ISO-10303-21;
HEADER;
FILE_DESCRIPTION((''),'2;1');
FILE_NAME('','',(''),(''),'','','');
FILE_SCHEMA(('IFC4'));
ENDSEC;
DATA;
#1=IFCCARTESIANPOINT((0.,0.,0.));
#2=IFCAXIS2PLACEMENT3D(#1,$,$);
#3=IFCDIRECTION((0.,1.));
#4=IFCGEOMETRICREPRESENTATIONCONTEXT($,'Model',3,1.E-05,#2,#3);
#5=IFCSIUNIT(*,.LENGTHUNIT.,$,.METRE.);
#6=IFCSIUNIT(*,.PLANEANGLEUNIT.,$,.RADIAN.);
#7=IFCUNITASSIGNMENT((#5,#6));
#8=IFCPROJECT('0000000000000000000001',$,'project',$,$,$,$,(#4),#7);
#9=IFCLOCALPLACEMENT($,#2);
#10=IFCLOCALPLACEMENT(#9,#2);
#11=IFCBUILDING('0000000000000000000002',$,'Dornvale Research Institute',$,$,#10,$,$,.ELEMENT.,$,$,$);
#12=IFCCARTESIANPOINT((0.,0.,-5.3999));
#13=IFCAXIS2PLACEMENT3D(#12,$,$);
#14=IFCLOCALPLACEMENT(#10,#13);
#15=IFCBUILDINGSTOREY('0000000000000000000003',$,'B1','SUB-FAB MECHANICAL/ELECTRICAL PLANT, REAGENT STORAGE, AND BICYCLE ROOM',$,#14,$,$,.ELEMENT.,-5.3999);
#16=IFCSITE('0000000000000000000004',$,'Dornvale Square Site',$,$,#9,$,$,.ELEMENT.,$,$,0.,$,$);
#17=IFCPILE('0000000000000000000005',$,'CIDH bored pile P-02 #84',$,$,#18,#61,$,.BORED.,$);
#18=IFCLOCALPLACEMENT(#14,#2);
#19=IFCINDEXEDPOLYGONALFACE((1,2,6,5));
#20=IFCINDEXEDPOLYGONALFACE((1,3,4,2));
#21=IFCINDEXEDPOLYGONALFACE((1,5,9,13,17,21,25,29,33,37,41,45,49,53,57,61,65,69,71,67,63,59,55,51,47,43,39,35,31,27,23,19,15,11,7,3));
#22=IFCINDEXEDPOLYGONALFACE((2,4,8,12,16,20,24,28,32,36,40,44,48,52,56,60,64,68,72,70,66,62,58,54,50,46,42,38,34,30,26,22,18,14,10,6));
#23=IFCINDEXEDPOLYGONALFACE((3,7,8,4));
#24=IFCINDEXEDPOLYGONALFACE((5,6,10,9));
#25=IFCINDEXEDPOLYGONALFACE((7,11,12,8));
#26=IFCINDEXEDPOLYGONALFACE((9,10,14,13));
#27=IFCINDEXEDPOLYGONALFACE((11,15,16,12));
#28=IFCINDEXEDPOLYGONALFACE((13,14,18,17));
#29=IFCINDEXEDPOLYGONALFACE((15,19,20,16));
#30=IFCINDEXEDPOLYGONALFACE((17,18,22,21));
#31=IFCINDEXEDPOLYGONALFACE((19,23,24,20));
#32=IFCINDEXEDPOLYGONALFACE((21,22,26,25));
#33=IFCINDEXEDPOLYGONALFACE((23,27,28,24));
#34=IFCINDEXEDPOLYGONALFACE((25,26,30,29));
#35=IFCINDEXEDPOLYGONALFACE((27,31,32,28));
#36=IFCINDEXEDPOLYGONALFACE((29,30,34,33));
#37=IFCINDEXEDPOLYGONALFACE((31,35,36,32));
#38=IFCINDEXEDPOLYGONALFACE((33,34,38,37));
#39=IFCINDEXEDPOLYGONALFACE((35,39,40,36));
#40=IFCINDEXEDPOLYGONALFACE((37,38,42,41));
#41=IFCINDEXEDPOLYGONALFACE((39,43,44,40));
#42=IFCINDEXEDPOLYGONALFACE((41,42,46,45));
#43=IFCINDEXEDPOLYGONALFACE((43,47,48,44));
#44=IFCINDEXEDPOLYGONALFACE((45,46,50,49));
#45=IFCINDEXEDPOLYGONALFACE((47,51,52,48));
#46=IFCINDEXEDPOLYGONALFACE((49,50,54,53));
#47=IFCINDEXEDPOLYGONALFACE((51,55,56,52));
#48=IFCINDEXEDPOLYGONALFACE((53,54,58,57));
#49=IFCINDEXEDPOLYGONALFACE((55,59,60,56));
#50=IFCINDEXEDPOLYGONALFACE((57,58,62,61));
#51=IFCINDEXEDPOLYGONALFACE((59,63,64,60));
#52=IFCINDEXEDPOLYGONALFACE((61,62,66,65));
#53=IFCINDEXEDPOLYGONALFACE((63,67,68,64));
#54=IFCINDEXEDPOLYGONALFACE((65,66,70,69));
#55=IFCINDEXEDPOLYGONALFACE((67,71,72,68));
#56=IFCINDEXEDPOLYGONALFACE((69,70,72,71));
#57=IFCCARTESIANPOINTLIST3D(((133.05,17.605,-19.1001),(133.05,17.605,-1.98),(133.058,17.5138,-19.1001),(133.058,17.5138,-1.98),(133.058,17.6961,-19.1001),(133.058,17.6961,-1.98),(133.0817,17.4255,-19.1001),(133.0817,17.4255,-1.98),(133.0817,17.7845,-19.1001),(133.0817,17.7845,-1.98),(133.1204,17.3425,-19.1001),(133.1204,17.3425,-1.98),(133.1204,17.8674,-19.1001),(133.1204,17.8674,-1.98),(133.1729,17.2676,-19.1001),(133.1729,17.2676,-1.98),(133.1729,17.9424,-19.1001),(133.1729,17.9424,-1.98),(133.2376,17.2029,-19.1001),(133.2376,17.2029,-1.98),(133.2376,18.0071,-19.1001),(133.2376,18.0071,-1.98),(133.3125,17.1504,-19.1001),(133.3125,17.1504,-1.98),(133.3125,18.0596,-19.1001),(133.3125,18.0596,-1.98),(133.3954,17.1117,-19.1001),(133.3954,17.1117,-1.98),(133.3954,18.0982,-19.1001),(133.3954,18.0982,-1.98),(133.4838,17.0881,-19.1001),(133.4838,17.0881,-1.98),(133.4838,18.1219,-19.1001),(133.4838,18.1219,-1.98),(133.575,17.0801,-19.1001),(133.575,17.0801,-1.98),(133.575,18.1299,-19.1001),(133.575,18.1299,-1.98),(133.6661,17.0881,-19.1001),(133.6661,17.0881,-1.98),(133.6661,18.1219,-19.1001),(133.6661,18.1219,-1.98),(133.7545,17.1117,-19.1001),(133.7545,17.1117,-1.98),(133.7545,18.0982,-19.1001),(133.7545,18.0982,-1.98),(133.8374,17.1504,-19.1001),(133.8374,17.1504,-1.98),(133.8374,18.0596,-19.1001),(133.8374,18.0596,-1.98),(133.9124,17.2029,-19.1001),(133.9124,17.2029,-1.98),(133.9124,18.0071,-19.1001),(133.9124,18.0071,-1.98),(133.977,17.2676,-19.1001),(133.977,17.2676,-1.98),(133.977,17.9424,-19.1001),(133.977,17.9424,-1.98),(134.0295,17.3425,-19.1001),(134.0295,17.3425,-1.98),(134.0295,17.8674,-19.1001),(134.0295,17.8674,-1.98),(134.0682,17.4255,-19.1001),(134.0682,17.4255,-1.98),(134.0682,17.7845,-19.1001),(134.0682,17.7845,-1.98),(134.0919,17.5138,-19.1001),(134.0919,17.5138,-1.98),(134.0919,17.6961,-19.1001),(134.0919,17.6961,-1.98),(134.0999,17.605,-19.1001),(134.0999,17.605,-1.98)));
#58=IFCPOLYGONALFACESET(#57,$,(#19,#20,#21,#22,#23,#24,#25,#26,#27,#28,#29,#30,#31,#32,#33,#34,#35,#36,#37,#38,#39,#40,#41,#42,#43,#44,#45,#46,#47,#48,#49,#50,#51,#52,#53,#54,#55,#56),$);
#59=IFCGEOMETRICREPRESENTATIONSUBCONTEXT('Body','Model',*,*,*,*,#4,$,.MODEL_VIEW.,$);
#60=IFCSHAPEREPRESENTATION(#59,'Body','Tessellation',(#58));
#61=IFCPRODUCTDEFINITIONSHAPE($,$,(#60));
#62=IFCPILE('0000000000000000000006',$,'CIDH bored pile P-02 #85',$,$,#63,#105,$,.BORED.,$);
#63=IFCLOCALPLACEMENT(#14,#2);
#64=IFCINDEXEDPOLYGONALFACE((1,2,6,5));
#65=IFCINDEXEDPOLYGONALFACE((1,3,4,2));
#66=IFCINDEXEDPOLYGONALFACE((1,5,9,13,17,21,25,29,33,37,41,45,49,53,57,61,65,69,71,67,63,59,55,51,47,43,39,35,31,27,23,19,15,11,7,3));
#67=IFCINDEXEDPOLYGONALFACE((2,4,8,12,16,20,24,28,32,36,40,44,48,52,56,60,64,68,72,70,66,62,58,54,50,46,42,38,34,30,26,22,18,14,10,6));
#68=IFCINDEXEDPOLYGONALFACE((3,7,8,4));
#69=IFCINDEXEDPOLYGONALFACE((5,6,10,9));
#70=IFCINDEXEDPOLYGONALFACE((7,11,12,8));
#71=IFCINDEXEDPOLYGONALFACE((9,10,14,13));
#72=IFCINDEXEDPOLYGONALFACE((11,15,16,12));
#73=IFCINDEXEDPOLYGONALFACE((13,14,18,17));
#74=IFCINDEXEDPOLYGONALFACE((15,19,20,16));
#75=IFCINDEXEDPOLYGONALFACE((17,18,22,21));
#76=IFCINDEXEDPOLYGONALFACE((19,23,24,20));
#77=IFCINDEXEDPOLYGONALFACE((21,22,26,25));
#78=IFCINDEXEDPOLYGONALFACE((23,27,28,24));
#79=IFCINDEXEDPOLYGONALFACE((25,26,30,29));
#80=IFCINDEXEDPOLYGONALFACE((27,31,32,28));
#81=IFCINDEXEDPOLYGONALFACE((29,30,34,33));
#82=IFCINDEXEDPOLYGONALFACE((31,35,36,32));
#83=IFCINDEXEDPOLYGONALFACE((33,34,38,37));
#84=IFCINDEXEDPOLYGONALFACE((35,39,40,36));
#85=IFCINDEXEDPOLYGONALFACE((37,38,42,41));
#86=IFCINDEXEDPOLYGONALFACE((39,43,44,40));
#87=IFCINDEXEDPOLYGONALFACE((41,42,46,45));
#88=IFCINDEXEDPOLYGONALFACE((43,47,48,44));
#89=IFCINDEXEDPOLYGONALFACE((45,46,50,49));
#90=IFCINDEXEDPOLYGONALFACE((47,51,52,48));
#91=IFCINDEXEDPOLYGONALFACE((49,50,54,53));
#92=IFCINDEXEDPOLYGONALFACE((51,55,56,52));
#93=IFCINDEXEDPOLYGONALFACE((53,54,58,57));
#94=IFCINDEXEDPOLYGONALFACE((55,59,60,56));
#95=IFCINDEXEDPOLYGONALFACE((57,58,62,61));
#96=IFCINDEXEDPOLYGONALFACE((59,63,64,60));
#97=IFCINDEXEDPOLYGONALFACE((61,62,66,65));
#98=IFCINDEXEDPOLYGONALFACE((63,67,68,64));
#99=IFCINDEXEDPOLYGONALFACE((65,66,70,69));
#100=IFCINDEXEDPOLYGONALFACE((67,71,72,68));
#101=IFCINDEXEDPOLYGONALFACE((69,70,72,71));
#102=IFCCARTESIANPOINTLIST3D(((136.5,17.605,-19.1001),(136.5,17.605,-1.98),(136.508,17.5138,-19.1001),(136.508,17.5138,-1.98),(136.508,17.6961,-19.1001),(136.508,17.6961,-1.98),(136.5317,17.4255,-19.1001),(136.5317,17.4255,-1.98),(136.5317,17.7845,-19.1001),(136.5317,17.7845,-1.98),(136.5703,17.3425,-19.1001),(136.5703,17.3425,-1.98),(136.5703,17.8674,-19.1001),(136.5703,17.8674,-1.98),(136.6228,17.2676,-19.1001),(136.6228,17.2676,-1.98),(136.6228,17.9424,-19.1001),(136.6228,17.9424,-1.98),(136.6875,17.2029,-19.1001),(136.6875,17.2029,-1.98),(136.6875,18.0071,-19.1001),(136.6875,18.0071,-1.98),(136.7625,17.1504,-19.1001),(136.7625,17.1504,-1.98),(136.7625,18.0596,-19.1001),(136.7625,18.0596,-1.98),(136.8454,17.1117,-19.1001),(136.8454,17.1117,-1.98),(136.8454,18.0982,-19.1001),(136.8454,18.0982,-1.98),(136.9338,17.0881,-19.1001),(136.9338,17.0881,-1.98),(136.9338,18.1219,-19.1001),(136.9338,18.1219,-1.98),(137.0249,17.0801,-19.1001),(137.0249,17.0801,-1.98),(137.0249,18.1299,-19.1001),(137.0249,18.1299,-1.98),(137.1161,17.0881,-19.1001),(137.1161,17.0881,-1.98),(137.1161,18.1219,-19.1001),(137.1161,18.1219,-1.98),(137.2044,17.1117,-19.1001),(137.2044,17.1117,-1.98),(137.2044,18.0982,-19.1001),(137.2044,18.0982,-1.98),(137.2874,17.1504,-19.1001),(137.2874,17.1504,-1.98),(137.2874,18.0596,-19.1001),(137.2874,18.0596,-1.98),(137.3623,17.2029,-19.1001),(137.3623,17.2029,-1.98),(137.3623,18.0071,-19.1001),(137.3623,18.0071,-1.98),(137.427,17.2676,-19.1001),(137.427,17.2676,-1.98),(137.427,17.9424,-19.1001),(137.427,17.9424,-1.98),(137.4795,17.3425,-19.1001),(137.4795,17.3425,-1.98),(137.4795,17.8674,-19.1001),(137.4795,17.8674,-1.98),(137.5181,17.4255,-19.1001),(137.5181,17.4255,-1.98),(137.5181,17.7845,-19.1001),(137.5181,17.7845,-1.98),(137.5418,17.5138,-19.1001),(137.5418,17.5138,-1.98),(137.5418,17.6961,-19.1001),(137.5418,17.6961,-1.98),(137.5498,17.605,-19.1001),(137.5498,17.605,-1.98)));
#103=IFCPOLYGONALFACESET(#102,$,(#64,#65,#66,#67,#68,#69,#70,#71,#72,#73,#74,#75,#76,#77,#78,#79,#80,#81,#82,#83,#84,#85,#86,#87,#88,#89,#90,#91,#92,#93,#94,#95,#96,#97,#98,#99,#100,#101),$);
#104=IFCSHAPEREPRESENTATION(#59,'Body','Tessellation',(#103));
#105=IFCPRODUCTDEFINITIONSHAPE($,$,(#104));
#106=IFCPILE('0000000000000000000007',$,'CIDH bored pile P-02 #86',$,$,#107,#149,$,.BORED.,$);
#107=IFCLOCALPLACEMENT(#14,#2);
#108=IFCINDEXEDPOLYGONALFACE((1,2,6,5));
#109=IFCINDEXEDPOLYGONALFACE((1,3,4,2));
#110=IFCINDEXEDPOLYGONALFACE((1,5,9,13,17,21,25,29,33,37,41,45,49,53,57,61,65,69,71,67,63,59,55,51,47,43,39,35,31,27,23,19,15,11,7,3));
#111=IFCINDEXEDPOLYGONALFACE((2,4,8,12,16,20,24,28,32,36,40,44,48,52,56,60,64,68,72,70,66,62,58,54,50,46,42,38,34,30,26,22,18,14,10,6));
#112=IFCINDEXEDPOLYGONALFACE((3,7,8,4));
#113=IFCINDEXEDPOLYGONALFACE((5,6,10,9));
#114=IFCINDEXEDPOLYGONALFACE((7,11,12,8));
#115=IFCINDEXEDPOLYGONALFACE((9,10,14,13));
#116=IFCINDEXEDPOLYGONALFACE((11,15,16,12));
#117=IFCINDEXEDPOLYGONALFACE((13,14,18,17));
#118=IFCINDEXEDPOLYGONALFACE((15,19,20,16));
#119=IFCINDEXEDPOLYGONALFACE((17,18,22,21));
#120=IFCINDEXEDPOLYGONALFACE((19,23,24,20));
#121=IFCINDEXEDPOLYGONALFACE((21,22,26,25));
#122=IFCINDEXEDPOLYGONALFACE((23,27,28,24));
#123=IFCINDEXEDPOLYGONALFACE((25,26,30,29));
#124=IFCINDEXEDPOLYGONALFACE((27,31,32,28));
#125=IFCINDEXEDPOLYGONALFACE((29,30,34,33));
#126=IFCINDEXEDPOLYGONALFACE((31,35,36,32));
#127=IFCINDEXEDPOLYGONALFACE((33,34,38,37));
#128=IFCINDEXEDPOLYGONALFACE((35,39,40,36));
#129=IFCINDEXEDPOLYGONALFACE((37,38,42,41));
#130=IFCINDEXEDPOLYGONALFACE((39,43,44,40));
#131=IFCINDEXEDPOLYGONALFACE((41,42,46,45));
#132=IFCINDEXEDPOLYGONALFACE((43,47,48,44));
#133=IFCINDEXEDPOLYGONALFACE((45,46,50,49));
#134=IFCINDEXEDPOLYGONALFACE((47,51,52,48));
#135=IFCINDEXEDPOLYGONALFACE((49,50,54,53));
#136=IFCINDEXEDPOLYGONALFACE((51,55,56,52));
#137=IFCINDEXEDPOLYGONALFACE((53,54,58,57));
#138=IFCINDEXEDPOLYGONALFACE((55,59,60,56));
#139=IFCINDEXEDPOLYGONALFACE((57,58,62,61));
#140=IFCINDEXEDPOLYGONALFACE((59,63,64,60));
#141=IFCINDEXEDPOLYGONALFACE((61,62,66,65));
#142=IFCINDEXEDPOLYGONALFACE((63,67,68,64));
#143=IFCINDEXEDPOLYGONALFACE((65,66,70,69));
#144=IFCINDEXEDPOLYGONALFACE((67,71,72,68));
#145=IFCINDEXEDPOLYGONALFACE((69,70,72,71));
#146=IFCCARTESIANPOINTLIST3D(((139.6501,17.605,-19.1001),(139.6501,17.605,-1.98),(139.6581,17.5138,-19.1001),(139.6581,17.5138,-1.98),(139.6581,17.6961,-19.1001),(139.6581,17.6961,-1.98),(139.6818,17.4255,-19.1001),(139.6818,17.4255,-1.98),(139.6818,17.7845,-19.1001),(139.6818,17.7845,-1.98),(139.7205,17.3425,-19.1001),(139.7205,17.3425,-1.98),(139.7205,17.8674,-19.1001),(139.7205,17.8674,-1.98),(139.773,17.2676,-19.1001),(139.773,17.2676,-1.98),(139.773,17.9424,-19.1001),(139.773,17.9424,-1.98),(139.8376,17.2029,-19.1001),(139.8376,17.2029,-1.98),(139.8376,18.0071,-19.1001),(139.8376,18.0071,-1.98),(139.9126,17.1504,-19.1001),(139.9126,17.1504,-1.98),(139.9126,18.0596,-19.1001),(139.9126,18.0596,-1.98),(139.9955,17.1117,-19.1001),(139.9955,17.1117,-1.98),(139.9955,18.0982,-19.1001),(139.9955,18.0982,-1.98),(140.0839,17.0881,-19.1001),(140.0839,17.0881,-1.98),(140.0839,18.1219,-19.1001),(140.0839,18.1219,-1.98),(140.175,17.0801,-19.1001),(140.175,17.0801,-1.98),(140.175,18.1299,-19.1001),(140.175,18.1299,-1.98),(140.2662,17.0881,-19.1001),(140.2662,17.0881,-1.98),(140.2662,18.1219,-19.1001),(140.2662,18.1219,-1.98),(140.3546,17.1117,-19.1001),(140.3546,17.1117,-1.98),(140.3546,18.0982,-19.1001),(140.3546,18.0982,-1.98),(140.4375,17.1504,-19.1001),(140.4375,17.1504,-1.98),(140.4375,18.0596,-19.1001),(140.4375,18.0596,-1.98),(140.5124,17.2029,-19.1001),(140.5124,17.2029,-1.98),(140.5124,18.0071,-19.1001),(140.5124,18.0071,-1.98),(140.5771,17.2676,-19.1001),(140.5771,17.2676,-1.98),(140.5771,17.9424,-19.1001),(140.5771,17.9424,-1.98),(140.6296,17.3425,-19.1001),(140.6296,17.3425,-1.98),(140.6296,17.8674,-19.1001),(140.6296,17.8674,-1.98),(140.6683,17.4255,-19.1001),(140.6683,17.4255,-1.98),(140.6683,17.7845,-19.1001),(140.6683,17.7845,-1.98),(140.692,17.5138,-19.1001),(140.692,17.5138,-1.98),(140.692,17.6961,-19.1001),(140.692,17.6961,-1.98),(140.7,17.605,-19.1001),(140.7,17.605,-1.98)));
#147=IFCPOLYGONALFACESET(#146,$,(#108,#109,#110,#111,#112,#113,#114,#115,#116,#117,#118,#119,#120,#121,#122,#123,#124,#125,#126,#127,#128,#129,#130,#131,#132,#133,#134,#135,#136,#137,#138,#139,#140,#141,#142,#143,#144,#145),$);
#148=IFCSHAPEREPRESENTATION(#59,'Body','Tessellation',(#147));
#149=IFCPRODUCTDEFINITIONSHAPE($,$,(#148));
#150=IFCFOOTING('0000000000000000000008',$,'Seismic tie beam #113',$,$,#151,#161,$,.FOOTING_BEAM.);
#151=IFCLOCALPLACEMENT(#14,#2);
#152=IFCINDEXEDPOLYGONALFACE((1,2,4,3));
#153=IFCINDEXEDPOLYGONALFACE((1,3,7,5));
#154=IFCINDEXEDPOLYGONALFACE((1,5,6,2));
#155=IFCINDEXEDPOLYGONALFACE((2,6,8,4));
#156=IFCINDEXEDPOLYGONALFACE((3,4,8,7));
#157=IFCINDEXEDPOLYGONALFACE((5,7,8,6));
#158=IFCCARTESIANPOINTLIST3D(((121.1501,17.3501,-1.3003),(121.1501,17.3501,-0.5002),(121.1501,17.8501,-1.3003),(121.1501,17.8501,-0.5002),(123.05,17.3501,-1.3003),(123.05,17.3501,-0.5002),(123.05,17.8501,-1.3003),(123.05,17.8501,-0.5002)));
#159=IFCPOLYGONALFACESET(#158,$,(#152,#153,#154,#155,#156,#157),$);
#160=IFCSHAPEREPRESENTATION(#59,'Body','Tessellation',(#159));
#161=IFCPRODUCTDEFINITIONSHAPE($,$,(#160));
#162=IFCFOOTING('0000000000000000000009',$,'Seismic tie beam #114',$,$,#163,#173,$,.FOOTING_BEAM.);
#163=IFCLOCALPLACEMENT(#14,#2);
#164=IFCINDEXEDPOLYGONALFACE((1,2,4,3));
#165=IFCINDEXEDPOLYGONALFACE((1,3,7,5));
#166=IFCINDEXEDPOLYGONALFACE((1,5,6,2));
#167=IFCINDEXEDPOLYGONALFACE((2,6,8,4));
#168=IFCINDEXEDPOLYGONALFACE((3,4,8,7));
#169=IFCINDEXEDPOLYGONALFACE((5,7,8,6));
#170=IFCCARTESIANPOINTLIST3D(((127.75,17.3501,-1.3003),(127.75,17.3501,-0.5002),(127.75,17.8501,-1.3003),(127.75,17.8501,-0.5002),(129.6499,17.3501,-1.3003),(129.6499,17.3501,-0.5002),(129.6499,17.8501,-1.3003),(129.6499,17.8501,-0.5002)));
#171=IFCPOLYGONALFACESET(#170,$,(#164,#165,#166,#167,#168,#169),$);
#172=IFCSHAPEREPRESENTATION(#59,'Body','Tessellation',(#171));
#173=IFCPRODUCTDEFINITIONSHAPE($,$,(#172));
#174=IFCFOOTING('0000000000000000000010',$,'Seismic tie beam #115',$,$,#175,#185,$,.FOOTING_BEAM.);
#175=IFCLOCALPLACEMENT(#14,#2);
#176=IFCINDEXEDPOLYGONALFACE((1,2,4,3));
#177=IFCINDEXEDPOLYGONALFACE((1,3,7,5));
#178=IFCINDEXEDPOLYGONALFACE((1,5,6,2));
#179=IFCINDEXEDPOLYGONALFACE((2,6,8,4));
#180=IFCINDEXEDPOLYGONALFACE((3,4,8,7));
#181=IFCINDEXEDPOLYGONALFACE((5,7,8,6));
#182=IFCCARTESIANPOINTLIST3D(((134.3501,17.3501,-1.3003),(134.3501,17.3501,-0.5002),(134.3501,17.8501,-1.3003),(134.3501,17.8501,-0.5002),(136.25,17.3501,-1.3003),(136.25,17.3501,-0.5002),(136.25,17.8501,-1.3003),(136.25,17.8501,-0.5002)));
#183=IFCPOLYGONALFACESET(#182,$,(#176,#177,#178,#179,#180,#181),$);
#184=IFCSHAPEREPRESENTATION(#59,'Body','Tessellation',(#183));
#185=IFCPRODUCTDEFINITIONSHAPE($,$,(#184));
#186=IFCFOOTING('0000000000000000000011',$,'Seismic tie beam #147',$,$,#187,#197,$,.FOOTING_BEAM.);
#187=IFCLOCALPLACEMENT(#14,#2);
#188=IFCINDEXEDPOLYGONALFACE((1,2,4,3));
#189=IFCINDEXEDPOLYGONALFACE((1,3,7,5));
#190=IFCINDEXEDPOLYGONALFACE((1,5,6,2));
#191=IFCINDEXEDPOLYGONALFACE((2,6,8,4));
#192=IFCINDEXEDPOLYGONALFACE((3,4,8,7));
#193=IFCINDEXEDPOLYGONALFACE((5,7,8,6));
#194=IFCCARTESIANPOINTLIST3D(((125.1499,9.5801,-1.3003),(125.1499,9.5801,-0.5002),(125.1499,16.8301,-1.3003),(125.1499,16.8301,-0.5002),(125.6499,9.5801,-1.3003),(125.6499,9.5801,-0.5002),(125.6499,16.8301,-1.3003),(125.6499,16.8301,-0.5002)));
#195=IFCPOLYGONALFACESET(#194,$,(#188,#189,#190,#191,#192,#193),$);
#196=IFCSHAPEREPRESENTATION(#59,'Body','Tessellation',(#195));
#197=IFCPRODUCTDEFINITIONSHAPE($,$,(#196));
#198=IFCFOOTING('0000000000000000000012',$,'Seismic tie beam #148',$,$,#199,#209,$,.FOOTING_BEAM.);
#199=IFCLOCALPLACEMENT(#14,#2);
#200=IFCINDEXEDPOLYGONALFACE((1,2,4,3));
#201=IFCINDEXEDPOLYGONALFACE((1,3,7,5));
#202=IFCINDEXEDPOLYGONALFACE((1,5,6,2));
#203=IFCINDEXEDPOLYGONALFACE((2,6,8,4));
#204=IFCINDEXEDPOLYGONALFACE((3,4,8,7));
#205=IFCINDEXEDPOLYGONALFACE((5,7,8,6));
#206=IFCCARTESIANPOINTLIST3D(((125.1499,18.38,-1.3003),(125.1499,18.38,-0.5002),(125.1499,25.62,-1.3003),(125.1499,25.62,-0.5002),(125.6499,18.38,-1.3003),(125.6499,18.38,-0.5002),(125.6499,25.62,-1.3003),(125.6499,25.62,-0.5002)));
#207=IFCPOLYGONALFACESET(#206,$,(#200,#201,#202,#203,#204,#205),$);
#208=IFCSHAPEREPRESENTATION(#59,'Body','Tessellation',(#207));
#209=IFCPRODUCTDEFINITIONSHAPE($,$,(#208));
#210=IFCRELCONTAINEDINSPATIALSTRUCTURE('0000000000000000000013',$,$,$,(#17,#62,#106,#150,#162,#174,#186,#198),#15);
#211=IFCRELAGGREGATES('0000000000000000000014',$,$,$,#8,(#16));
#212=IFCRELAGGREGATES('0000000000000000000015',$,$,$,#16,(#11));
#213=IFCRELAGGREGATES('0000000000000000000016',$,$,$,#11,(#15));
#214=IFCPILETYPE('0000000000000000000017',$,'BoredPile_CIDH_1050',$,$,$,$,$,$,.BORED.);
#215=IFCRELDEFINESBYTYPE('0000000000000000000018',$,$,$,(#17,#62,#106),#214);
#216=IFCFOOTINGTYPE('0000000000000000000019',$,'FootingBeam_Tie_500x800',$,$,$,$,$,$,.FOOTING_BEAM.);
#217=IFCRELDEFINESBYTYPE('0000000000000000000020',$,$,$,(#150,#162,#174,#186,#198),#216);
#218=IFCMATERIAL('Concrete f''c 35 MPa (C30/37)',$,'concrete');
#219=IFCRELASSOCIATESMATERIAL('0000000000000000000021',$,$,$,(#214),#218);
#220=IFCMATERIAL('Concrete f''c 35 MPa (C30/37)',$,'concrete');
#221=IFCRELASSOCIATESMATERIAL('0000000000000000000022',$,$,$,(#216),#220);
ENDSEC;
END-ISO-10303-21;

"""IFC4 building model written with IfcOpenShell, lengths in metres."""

from ifc_helpers import new_model, si_unit, direction, frame, origin, origin_2d, place, context, subcontext, project, spatial, rectangle, circle, extrude, material, material_profile, profile_set, type_object, element, save


model = new_model("IFC4")

# Units and contexts
model_context = context("Model", 3, precision=1e-05, world=origin(), true_north=direction((0.0, 1.0)))
body_context = subcontext(model_context, "Body", "Model", "MODEL_VIEW")
ifc_project = project(units=[si_unit("LENGTHUNIT", "METRE"), si_unit("PLANEANGLEUNIT", "RADIAN")], contexts=[model_context])

# Site, building, storey
site_placement = place(None, origin())
site = spatial("IfcSite", under=ifc_project, at=site_placement, Name="Dornvale Square Site", CompositionType="ELEMENT", RefElevation=0.0)
building_placement = place(site_placement, origin())
building = spatial("IfcBuilding", under=site, at=building_placement, Name="Dornvale Research Institute", CompositionType="ELEMENT")
storey_placement = place(building_placement, frame((0.0, 0.0, -5.3999)))
storey = spatial("IfcBuildingStorey", under=building, at=storey_placement, Name="B1", Description="SUB-FAB MECHANICAL/ELECTRICAL PLANT, REAGENT STORAGE, AND BICYCLE ROOM", CompositionType="ELEMENT", Elevation=-5.3999)

# Piles
ifc_material_1 = material(Name="Concrete f'c 35 MPa (C30/37)", Category="concrete")
ifc_material_profile_1 = material_profile(ifc_material_1, circle(Radius=0.5249, at=origin_2d()), Name="CIDH PILE D1050")
ifc_profile_set_1 = profile_set([ifc_material_profile_1], Name="Concrete f'c 35 MPa (C30/37)")
pile_type = type_object("IfcPileType", Name="BoredPile_CIDH_1050", PredefinedType="BORED", material=ifc_profile_set_1)
for number, where, z_axis, x_axis, name in (
    (1, (133.575, 17.605, -1.98), (0.0, 0.0, -1.0), (1.0, 0.0, 0.0), "CIDH bored pile P-02 #84"),
    (2, (137.0249, 17.605, -1.98), (0.0, 0.0, -1.0), (1.0, 0.0, 0.0), "CIDH bored pile P-02 #85"),
    (3, (140.175, 17.605, -1.98), (0.0, 0.0, -1.0), (1.0, 0.0, 0.0), "CIDH bored pile P-02 #86"),
):
    element("IfcPile", number, at=place(storey_placement, frame(where, z_axis=z_axis, x_axis=x_axis)), inside=storey, type_object=pile_type, Name=name, PredefinedType="BORED", context=body_context, shape_type="SweptSolid", body=[
        extrude(circle(Radius=0.5249, at=origin_2d()), origin(), (0.0, 0.0, 1.0), 17.1201),
    ])

# Footings
ifc_material_2 = material(Name="Concrete f'c 35 MPa (C30/37)", Category="concrete")
footing_type_1 = type_object("IfcFootingType", Name="FootingBeam_Tie_500x800", PredefinedType="FOOTING_BEAM", material=ifc_material_2)
for number, where, z_axis, x_axis, name in (
    (4, (122.1001, 17.6001, -1.3003), (0.0, 0.0, 1.0), (1.0, 0.0, 0.0), "Seismic tie beam #113"),
    (5, (128.7, 17.6001, -1.3003), (0.0, 0.0, 1.0), (1.0, 0.0, 0.0), "Seismic tie beam #114"),
    (6, (135.3, 17.6001, -1.3003), (0.0, 0.0, 1.0), (1.0, 0.0, 0.0), "Seismic tie beam #115"),
):
    element("IfcFooting", number, at=place(storey_placement, frame(where, z_axis=z_axis, x_axis=x_axis)), inside=storey, type_object=footing_type_1, Name=name, PredefinedType="FOOTING_BEAM", context=body_context, shape_type="SweptSolid", body=[
        extrude(rectangle(XDim=1.8999, YDim=0.5, at=origin_2d()), origin(), (0.0, 0.0, 1.0), 0.8),
    ])
footing_1_placement = place(storey_placement, frame((125.3999, 13.2051, -1.3003), z_axis=(0.0, 0.0, 1.0), x_axis=(0.0, 1.0, 0.0)))
element("IfcFooting", 7, at=footing_1_placement, inside=storey, type_object=footing_type_1, Name="Seismic tie beam #147", PredefinedType="FOOTING_BEAM", context=body_context, shape_type="SweptSolid", body=[
    extrude(rectangle(XDim=7.25, YDim=0.5, at=origin_2d()), origin(), (0.0, 0.0, 1.0), 0.8),
])
footing_2_placement = place(storey_placement, frame((125.3999, 22.0, -1.3003), z_axis=(0.0, 0.0, 1.0), x_axis=(0.0, 1.0, 0.0)))
element("IfcFooting", 8, at=footing_2_placement, inside=storey, type_object=footing_type_1, Name="Seismic tie beam #148", PredefinedType="FOOTING_BEAM", context=body_context, shape_type="SweptSolid", body=[
    extrude(rectangle(XDim=7.24, YDim=0.5, at=origin_2d()), origin(), (0.0, 0.0, 1.0), 0.8),
])

save(model, "model.ifc")
